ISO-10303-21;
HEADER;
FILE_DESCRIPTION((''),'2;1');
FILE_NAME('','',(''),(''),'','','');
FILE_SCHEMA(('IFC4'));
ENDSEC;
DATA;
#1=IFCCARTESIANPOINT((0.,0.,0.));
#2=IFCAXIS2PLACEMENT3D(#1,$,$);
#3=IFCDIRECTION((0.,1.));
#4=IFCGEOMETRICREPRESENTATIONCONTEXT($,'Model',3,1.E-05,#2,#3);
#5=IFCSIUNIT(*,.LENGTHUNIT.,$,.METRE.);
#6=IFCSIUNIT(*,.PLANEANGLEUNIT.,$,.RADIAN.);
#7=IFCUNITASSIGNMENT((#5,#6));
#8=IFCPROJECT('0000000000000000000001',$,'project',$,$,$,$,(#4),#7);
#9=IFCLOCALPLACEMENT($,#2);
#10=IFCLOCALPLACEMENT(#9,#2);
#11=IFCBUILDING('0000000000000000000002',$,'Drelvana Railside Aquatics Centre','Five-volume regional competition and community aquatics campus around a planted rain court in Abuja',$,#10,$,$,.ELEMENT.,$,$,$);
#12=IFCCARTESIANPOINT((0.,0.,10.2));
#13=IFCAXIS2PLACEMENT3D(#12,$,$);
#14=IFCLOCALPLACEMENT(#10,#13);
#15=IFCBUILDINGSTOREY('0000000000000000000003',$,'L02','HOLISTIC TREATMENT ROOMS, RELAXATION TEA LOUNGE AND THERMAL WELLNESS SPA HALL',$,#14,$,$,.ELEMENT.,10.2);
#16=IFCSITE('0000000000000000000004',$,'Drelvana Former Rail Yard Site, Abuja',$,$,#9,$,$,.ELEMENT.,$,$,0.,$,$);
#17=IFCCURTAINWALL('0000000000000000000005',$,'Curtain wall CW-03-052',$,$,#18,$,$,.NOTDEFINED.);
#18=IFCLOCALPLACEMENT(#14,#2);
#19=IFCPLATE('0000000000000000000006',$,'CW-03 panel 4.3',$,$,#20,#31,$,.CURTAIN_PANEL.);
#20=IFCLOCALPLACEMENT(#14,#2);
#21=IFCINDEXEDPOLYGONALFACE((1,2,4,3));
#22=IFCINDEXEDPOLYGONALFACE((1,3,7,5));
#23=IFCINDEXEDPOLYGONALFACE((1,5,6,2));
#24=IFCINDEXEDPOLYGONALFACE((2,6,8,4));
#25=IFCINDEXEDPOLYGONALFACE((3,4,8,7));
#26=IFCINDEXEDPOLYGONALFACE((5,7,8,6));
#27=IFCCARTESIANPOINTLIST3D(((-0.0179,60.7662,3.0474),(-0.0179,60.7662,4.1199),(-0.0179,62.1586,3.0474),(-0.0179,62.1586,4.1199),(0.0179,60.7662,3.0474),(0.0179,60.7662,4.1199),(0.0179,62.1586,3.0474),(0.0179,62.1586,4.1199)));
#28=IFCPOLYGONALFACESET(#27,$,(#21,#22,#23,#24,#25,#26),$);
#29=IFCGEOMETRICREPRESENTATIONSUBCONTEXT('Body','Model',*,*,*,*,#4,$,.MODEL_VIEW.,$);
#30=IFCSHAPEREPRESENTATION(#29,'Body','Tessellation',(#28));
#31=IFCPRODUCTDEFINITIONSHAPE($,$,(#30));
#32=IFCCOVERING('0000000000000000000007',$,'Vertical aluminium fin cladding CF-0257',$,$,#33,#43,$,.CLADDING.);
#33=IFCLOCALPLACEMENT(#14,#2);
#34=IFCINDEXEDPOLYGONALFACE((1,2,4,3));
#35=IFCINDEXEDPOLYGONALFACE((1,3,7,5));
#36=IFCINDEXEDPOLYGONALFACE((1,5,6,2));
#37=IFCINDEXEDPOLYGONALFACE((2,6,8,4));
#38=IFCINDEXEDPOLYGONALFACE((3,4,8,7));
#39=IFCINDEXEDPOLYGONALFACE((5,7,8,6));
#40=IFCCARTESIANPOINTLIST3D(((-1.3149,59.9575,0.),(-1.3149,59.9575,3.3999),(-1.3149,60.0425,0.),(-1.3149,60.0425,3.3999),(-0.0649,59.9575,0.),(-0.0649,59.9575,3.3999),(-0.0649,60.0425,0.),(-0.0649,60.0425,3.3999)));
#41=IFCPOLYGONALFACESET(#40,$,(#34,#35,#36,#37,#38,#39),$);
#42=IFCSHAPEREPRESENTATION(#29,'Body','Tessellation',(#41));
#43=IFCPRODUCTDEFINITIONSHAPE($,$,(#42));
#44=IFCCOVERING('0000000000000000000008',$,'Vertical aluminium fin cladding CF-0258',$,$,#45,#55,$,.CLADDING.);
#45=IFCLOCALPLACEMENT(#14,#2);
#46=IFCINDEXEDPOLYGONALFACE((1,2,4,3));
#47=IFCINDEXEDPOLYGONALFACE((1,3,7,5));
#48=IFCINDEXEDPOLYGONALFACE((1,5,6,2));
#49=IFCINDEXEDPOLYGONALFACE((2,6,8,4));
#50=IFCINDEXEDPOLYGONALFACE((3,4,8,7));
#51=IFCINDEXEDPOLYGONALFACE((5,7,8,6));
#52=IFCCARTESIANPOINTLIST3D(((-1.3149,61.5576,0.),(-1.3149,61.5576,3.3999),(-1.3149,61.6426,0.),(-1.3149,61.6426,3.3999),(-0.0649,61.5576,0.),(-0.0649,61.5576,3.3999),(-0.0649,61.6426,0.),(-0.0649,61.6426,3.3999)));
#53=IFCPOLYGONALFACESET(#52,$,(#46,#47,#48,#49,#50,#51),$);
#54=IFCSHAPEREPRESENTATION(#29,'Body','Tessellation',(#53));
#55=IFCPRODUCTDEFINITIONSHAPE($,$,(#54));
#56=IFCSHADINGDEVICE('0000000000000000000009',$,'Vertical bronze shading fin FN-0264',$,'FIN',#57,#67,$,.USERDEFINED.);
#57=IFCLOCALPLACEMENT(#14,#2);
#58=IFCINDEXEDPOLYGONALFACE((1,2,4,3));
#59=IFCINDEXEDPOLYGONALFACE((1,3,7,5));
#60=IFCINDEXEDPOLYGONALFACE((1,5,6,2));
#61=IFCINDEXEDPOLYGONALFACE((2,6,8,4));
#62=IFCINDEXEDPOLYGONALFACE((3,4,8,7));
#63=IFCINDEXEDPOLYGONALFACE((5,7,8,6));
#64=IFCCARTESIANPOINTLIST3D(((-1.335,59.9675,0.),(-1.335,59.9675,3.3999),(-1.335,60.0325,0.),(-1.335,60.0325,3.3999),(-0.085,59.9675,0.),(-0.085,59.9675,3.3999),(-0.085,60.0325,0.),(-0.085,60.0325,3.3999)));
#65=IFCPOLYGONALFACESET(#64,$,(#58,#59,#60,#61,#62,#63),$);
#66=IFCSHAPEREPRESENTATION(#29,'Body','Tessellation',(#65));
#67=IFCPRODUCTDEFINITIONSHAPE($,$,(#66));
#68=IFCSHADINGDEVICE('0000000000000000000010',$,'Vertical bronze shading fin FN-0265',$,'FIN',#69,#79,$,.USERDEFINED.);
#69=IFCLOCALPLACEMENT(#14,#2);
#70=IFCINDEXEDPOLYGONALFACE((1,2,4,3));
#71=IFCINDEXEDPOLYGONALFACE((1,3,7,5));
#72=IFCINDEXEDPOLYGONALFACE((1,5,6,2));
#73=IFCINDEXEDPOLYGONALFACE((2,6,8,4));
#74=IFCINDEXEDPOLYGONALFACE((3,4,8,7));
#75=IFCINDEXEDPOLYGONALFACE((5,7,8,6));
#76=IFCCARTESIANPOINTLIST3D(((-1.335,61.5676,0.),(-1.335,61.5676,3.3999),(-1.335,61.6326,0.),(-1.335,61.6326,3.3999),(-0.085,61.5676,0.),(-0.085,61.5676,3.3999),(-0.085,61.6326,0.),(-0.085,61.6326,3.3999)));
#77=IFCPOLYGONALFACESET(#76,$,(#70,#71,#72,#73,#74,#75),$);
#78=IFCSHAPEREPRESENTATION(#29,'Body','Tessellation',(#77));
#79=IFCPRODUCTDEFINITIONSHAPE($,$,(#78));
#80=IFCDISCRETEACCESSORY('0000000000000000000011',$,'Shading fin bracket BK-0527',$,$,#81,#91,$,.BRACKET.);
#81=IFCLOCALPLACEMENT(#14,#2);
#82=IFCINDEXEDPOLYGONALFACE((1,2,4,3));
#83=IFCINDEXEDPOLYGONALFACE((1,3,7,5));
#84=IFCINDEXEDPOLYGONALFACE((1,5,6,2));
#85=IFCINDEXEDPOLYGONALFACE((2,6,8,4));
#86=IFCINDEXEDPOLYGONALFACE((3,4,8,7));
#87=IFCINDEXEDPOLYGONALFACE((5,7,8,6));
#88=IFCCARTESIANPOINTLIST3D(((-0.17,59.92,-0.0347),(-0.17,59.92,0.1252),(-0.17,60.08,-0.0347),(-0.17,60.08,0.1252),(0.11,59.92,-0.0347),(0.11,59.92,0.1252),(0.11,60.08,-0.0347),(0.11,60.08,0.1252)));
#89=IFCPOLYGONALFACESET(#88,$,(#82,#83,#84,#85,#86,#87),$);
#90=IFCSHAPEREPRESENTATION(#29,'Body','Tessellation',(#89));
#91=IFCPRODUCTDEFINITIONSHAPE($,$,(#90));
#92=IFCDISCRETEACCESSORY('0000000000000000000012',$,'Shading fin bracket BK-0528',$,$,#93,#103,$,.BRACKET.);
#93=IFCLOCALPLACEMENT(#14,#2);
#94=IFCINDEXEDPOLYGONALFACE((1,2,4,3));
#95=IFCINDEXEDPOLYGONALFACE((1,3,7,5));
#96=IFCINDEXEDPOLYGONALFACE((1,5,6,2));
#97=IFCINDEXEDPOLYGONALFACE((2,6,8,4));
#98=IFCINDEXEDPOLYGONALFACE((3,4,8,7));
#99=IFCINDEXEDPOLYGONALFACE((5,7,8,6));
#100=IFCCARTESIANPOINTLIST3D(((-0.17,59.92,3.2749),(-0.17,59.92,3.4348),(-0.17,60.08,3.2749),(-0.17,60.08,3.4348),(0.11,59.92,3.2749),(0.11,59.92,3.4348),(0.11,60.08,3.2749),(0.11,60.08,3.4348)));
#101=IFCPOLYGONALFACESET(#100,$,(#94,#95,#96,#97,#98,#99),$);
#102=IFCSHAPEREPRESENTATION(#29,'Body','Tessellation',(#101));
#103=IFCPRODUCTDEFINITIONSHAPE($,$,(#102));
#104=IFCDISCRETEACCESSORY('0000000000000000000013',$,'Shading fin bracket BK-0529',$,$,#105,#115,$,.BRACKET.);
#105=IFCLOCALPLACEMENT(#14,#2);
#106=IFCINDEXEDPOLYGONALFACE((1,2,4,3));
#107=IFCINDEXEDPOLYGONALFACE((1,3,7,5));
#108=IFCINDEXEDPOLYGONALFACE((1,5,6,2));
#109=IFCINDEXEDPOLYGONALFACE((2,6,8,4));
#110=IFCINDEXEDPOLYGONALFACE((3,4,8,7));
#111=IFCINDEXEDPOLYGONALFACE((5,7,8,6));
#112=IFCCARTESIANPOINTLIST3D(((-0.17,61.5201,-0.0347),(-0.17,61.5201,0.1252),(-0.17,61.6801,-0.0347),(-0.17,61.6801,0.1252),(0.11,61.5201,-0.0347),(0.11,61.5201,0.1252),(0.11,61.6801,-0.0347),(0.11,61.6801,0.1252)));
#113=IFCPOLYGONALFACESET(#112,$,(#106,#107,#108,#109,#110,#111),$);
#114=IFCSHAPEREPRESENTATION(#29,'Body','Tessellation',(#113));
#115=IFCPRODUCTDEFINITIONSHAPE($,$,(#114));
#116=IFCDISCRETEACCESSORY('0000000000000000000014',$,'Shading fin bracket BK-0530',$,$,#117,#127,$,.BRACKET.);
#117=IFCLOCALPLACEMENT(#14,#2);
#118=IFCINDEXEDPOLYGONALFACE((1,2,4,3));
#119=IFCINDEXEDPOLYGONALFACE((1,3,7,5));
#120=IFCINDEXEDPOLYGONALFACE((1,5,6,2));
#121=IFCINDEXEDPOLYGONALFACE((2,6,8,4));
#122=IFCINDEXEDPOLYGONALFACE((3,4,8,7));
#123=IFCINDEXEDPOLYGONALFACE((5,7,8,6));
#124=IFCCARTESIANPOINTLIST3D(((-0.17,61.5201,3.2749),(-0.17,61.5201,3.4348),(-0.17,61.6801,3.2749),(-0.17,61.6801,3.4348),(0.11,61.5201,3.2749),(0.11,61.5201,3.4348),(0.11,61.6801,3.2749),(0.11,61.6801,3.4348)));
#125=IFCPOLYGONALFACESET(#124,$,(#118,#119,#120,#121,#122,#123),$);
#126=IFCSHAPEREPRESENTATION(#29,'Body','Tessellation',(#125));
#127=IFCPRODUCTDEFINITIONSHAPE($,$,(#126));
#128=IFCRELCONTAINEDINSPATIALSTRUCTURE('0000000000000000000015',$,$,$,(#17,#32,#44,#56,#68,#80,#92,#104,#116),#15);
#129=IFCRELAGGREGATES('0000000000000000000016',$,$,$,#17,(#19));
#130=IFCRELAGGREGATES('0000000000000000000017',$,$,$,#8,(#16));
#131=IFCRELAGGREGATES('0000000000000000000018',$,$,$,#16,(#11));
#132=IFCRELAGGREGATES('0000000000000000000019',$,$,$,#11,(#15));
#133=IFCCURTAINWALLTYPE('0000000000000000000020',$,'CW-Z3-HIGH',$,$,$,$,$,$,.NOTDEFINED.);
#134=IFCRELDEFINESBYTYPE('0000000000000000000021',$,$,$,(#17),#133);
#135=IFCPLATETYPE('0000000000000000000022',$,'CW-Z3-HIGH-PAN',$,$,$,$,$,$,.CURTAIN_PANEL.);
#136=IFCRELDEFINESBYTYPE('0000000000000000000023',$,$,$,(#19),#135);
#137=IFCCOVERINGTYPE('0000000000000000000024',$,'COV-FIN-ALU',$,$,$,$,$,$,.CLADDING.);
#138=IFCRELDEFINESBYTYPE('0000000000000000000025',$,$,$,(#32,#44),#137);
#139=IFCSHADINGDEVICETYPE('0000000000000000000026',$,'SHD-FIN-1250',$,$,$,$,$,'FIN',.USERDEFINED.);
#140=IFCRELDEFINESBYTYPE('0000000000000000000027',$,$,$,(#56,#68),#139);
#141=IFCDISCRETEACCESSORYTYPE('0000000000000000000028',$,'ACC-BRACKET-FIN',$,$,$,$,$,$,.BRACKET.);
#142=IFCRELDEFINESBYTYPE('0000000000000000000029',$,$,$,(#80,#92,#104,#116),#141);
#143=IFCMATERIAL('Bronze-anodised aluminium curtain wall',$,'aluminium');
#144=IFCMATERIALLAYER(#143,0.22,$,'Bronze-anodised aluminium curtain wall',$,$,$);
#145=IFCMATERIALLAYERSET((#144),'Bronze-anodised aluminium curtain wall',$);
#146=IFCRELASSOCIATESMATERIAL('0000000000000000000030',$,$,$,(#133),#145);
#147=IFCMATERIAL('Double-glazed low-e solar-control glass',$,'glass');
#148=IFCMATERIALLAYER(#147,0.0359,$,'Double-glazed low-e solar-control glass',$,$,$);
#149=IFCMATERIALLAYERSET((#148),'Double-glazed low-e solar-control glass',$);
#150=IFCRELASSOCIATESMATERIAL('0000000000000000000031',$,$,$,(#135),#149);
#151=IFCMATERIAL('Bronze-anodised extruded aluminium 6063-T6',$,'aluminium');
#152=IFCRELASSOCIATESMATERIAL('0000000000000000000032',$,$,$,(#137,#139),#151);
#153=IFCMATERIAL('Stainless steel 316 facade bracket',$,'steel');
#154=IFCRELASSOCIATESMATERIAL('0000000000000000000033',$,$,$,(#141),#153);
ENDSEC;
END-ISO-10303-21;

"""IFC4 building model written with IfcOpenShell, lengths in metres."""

from ifc_helpers import new_model, si_unit, direction, frame, origin, origin_2d, place, context, subcontext, project, spatial, rectangle, extrude, material, layer, layer_set, type_object, element, aggregate, save


model = new_model("IFC4")

# Units and contexts
model_context = context("Model", 3, precision=1e-05, world=origin(), true_north=direction((0.0, 1.0)))
body_context = subcontext(model_context, "Body", "Model", "MODEL_VIEW")
ifc_project = project(units=[si_unit("LENGTHUNIT", "METRE"), si_unit("PLANEANGLEUNIT", "RADIAN")], contexts=[model_context])

# Site, building, storey
site_placement = place(None, origin())
site = spatial("IfcSite", under=ifc_project, at=site_placement, Name="Drelvana Former Rail Yard Site, Abuja", CompositionType="ELEMENT", RefElevation=0.0)
building_placement = place(site_placement, origin())
building = spatial("IfcBuilding", under=site, at=building_placement, Name="Drelvana Railside Aquatics Centre", Description="Five-volume regional competition and community aquatics campus around a planted rain court in Abuja", CompositionType="ELEMENT")
storey_placement = place(building_placement, frame((0.0, 0.0, 10.2)))
storey = spatial("IfcBuildingStorey", under=building, at=storey_placement, Name="L02", Description="HOLISTIC TREATMENT ROOMS, RELAXATION TEA LOUNGE AND THERMAL WELLNESS SPA HALL", CompositionType="ELEMENT", Elevation=10.2)

# Curtain wall, plate
ifc_material_1 = material(Name="Bronze-anodised aluminium curtain wall", Category="aluminium")
ifc_layer_1 = layer(ifc_material_1, 0.22, Name="Bronze-anodised aluminium curtain wall")
ifc_layer_set_1 = layer_set([ifc_layer_1], Name="Bronze-anodised aluminium curtain wall")
curtain_wall_type = type_object("IfcCurtainWallType", Name="CW-Z3-HIGH", PredefinedType="NOTDEFINED", material=ifc_layer_set_1)
curtain_wall_placement = place(storey_placement, origin())
curtain_wall = element("IfcCurtainWall", 1, at=curtain_wall_placement, inside=storey, type_object=curtain_wall_type, Name="Curtain wall CW-03-052", PredefinedType="NOTDEFINED")
ifc_material_2 = material(Name="Double-glazed low-e solar-control glass", Category="glass")
ifc_layer_2 = layer(ifc_material_2, 0.0359, Name="Double-glazed low-e solar-control glass")
ifc_layer_set_2 = layer_set([ifc_layer_2], Name="Double-glazed low-e solar-control glass")
plate_type = type_object("IfcPlateType", Name="CW-Z3-HIGH-PAN", PredefinedType="CURTAIN_PANEL", material=ifc_layer_set_2)
plate_1_placement = place(storey_placement, frame((0.0, 61.4624, 3.0474), z_axis=(0.0, 0.0, 1.0), x_axis=(0.0, 1.0, 0.0)))
plate_1 = element("IfcPlate", 2, at=plate_1_placement, type_object=plate_type, Name="CW-03 panel 4.3", PredefinedType="CURTAIN_PANEL", context=body_context, shape_type="SweptSolid", body=[
    extrude(rectangle(XDim=1.3923, YDim=0.0359, at=origin_2d()), origin(), (0.0, 0.0, 1.0), 1.0725),
])
aggregate(curtain_wall, [plate_1])

# Coverings
ifc_material_3 = material(Name="Bronze-anodised extruded aluminium 6063-T6", Category="aluminium")
covering_type = type_object("IfcCoveringType", Name="COV-FIN-ALU", PredefinedType="CLADDING", material=ifc_material_3)
for number, where, z_axis, x_axis, name in (
    (3, (-0.6899, 60.0, 0.0), (0.0, 0.0, 1.0), (0.0, 1.0, 0.0), "Vertical aluminium fin cladding CF-0257"),
    (4, (-0.6899, 61.6001, 0.0), (0.0, 0.0, 1.0), (0.0, 1.0, 0.0), "Vertical aluminium fin cladding CF-0258"),
):
    element("IfcCovering", number, at=place(storey_placement, frame(where, z_axis=z_axis, x_axis=x_axis)), inside=storey, type_object=covering_type, Name=name, PredefinedType="CLADDING", context=body_context, shape_type="SweptSolid", body=[
        extrude(rectangle(XDim=0.085, YDim=1.25, at=origin_2d()), origin(), (0.0, 0.0, 1.0), 3.3999),
    ])

# Shading devices
shading_device_type = type_object("IfcShadingDeviceType", Name="SHD-FIN-1250", ElementType="FIN", PredefinedType="USERDEFINED", material=ifc_material_3)
for number, where, z_axis, x_axis, name in (
    (5, (-0.71, 60.0, 0.0), (0.0, 0.0, 1.0), (-1.0, 0.0, 0.0), "Vertical bronze shading fin FN-0264"),
    (6, (-0.71, 61.6001, 0.0), (0.0, 0.0, 1.0), (-1.0, 0.0, 0.0), "Vertical bronze shading fin FN-0265"),
):
    element("IfcShadingDevice", number, at=place(storey_placement, frame(where, z_axis=z_axis, x_axis=x_axis)), inside=storey, type_object=shading_device_type, Name=name, ObjectType="FIN", PredefinedType="USERDEFINED", context=body_context, shape_type="SweptSolid", body=[
        extrude(rectangle(XDim=1.25, YDim=0.0649, at=origin_2d()), origin(), (0.0, 0.0, 1.0), 3.3999),
    ])

# Discrete accessories
ifc_material_4 = material(Name="Stainless steel 316 facade bracket", Category="steel")
discrete_accessory_type = type_object("IfcDiscreteAccessoryType", Name="ACC-BRACKET-FIN", PredefinedType="BRACKET", material=ifc_material_4)
for number, where, z_axis, x_axis, name in (
    (7, (-0.03, 60.0, -0.0347), (0.0, 0.0, 1.0), (-1.0, 0.0, 0.0), "Shading fin bracket BK-0527"),
    (8, (-0.03, 60.0, 3.2749), (0.0, 0.0, 1.0), (-1.0, 0.0, 0.0), "Shading fin bracket BK-0528"),
    (9, (-0.03, 61.6001, -0.0347), (0.0, 0.0, 1.0), (-1.0, 0.0, 0.0), "Shading fin bracket BK-0529"),
    (10, (-0.03, 61.6001, 3.2749), (0.0, 0.0, 1.0), (-1.0, 0.0, 0.0), "Shading fin bracket BK-0530"),
):
    element("IfcDiscreteAccessory", number, at=place(storey_placement, frame(where, z_axis=z_axis, x_axis=x_axis)), inside=storey, type_object=discrete_accessory_type, Name=name, PredefinedType="BRACKET", context=body_context, shape_type="SweptSolid", body=[
        extrude(rectangle(XDim=0.28, YDim=0.1599, at=origin_2d()), origin(), (0.0, 0.0, 1.0), 0.1599),
    ])

save(model, "model.ifc")
